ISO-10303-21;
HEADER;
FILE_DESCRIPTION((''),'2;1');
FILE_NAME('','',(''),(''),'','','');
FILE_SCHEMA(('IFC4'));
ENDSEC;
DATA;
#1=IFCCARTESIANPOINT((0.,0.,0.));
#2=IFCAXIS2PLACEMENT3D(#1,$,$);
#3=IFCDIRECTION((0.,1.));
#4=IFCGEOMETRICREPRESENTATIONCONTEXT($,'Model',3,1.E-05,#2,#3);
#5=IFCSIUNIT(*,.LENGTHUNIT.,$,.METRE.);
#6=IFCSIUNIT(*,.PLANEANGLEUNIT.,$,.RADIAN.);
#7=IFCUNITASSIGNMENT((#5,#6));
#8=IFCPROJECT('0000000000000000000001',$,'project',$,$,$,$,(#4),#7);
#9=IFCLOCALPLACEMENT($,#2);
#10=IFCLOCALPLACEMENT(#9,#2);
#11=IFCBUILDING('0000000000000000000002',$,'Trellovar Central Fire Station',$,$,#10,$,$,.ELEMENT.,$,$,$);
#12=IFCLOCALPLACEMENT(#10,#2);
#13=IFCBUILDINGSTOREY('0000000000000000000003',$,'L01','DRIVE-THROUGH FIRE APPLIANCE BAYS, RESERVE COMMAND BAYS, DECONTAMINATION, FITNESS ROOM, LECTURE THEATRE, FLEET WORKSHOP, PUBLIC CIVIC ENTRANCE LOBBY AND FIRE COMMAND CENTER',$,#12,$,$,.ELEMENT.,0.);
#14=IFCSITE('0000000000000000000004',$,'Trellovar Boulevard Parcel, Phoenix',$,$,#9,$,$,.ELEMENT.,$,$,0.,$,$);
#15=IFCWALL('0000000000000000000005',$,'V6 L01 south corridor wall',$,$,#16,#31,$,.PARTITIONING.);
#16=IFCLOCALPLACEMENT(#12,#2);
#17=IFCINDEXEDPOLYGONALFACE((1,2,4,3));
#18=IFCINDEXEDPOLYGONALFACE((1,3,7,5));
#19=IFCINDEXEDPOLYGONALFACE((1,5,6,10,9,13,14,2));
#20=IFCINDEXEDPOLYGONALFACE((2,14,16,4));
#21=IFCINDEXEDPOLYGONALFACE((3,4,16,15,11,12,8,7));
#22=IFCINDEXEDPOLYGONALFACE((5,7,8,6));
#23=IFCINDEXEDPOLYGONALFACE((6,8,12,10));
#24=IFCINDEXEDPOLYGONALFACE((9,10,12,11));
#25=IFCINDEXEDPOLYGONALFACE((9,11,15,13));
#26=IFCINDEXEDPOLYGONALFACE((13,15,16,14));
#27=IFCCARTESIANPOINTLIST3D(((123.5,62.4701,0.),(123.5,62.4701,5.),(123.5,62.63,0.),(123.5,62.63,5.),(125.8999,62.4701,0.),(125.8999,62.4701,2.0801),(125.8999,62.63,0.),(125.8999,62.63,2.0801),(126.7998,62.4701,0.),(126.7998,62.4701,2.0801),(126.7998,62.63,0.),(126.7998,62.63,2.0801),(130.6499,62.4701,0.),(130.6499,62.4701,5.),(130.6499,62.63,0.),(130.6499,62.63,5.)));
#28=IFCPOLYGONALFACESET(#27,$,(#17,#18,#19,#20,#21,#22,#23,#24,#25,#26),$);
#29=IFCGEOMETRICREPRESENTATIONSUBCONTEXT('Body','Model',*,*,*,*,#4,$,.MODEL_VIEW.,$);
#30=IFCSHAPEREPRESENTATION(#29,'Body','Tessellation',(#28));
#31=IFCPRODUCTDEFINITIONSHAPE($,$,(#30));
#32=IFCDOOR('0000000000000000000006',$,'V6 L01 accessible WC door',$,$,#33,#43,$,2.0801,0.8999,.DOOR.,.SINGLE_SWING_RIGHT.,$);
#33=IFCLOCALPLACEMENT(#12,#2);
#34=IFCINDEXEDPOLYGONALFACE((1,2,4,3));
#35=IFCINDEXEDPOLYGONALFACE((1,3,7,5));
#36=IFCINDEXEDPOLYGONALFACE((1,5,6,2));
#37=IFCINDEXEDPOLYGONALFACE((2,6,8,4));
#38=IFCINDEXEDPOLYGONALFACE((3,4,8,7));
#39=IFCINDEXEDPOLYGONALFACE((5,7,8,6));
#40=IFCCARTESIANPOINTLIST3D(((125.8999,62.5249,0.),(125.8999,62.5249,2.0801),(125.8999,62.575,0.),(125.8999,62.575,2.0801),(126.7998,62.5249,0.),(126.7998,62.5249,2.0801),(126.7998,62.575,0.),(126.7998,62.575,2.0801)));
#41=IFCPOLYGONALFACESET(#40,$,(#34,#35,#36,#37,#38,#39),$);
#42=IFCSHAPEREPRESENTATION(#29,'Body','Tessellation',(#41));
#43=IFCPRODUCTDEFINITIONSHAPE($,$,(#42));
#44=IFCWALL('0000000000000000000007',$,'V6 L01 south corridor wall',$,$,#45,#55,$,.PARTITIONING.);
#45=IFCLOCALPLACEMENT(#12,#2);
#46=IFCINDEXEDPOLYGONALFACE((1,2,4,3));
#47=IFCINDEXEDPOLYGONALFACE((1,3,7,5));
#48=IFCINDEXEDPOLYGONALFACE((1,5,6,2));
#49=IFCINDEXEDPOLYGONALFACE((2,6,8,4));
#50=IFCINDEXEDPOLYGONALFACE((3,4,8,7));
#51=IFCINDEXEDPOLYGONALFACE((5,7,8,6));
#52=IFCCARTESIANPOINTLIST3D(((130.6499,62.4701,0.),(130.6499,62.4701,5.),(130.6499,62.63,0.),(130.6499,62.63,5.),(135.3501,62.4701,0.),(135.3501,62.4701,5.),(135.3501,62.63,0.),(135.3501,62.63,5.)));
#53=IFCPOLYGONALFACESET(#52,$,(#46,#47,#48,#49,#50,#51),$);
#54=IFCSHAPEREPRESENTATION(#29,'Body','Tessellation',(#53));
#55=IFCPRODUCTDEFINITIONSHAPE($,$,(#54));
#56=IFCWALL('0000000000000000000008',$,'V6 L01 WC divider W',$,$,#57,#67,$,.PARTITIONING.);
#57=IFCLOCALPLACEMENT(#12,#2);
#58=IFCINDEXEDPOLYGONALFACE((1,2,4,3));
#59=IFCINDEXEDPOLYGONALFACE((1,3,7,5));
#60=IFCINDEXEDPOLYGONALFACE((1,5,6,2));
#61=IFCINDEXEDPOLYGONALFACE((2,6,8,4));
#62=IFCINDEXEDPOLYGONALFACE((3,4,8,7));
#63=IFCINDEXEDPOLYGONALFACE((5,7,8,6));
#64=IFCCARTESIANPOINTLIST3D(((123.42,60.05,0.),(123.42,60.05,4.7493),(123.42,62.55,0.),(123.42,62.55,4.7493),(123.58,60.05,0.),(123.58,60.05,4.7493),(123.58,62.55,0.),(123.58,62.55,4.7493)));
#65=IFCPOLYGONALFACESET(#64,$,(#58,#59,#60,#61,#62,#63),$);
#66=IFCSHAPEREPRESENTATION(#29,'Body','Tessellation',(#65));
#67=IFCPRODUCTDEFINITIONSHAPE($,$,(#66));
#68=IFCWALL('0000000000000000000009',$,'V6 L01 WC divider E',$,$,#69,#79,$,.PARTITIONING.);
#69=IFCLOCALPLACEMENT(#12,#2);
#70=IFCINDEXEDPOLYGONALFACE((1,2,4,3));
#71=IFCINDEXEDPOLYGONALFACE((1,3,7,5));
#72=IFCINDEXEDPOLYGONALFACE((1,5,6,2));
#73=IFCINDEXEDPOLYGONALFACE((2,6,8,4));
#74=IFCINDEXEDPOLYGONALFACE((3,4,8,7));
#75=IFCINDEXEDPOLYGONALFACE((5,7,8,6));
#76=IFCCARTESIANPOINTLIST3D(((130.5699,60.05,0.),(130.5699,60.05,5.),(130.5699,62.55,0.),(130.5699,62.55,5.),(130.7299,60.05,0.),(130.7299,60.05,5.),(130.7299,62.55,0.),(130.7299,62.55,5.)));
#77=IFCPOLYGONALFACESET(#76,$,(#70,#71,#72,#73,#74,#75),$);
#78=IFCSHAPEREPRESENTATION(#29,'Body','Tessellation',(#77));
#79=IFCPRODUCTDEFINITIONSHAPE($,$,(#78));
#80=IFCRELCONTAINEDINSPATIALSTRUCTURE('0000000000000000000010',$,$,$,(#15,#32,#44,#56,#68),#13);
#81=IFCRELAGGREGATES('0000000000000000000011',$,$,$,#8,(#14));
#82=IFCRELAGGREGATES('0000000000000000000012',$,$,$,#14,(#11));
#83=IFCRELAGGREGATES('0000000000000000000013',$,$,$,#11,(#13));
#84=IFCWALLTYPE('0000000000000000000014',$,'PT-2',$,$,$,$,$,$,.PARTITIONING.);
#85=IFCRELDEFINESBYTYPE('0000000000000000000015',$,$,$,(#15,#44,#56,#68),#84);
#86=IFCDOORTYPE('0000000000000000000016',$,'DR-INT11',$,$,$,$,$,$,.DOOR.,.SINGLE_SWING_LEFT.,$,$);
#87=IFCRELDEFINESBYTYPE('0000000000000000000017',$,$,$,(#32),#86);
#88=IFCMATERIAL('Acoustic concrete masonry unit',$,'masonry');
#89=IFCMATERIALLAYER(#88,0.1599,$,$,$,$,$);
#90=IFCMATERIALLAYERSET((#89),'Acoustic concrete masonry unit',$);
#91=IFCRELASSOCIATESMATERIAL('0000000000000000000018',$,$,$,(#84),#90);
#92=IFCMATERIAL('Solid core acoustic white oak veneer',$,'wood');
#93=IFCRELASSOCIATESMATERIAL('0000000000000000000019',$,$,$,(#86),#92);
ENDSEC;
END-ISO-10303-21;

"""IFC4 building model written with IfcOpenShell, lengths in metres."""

from ifc_helpers import new_model, si_unit, direction, frame, frame_2d, origin, place, context, subcontext, project, spatial, rectangle, extrude, material, layer, layer_set, type_object, element, fill, save


model = new_model("IFC4")

# Units and contexts
model_context = context("Model", 3, precision=1e-05, world=origin(), true_north=direction((0.0, 1.0)))
body_context = subcontext(model_context, "Body", "Model", "MODEL_VIEW")
ifc_project = project(units=[si_unit("LENGTHUNIT", "METRE"), si_unit("PLANEANGLEUNIT", "RADIAN")], contexts=[model_context])

# Site, building, storey
site_placement = place(None, origin())
site = spatial("IfcSite", under=ifc_project, at=site_placement, Name="Trellovar Boulevard Parcel, Phoenix", CompositionType="ELEMENT", RefElevation=0.0)
building_placement = place(site_placement, origin())
building = spatial("IfcBuilding", under=site, at=building_placement, Name="Trellovar Central Fire Station", CompositionType="ELEMENT")
storey_placement = place(building_placement, origin())
storey = spatial("IfcBuildingStorey", under=building, at=storey_placement, Name="L01", Description="DRIVE-THROUGH FIRE APPLIANCE BAYS, RESERVE COMMAND BAYS, DECONTAMINATION, FITNESS ROOM, LECTURE THEATRE, FLEET WORKSHOP, PUBLIC CIVIC ENTRANCE LOBBY AND FIRE COMMAND CENTER", CompositionType="ELEMENT", Elevation=0.0)

# Wall, opening, door
ifc_material_1 = material(Name="Acoustic concrete masonry unit", Category="masonry")
ifc_layer = layer(ifc_material_1, 0.1599)
ifc_layer_set = layer_set([ifc_layer], Name="Acoustic concrete masonry unit")
wall_type = type_object("IfcWallType", Name="PT-2", PredefinedType="PARTITIONING", material=ifc_layer_set)
wall_1_placement = place(storey_placement, frame((123.5, 62.55, 0.0), z_axis=(0.0, 0.0, 1.0), x_axis=(1.0, 0.0, 0.0)))
wall_1 = element("IfcWall", 1, at=wall_1_placement, inside=storey, type_object=wall_type, Name="V6 L01 south corridor wall", PredefinedType="PARTITIONING", context=body_context, shape_type="SweptSolid", body=[
    extrude(rectangle(XDim=7.1499, YDim=0.1599, at=frame_2d((3.575, 0.0))), origin(), (0.0, 0.0, 1.0), 5.0),
])
opening_placement = place(wall_1_placement, frame((2.3999, 0.0, 0.0)))
opening = element("IfcOpeningElement", 2, at=opening_placement, cuts=wall_1, PredefinedType="OPENING", context=body_context, shape_type="SweptSolid", body=[
    extrude(rectangle(XDim=0.8999, YDim=2.0801, at=frame_2d((0.45, 1.04))), frame((0.0, 0.0898, 0.0), z_axis=(0.0, -1.0, 0.0), x_axis=(1.0, 0.0, 0.0)), (0.0, 0.0, 1.0), 0.1799),
])
ifc_material_2 = material(Name="Solid core acoustic white oak veneer", Category="wood")
door_type = type_object("IfcDoorType", Name="DR-INT11", OperationType="SINGLE_SWING_LEFT", PredefinedType="DOOR", material=ifc_material_2)
door_placement = place(opening_placement, origin())
door = element("IfcDoor", 3, at=door_placement, inside=storey, type_object=door_type, Name="V6 L01 accessible WC door", OperationType="SINGLE_SWING_RIGHT", OverallHeight=2.0801, OverallWidth=0.8999, PredefinedType="DOOR", context=body_context, shape_type="SweptSolid", body=[
    extrude(rectangle(XDim=0.8999, YDim=2.0801, at=frame_2d((0.45, 1.04))), frame((0.0, 0.0249, 0.0), z_axis=(0.0, -1.0, 0.0), x_axis=(1.0, 0.0, 0.0)), (0.0, 0.0, 1.0), 0.05),
])
fill(opening, door)

# Walls
wall_2_placement = place(storey_placement, frame((130.6499, 62.55, 0.0), z_axis=(0.0, 0.0, 1.0), x_axis=(1.0, 0.0, 0.0)))
element("IfcWall", 4, at=wall_2_placement, inside=storey, type_object=wall_type, Name="V6 L01 south corridor wall", PredefinedType="PARTITIONING", context=body_context, shape_type="SweptSolid", body=[
    extrude(rectangle(XDim=4.7002, YDim=0.1599, at=frame_2d((2.3501, 0.0))), origin(), (0.0, 0.0, 1.0), 5.0),
])
wall_3_placement = place(storey_placement, frame((123.5, 60.05, 0.0), z_axis=(0.0, 0.0, 1.0), x_axis=(0.0, 1.0, 0.0)))
element("IfcWall", 5, at=wall_3_placement, inside=storey, type_object=wall_type, Name="V6 L01 WC divider W", PredefinedType="PARTITIONING", context=body_context, shape_type="SweptSolid", body=[
    extrude(rectangle(XDim=2.5, YDim=0.1599, at=frame_2d((1.25, 0.0))), origin(), (0.0, 0.0, 1.0), 4.7493),
])
wall_4_placement = place(storey_placement, frame((130.6499, 60.05, 0.0), z_axis=(0.0, 0.0, 1.0), x_axis=(0.0, 1.0, 0.0)))
element("IfcWall", 6, at=wall_4_placement, inside=storey, type_object=wall_type, Name="V6 L01 WC divider E", PredefinedType="PARTITIONING", context=body_context, shape_type="SweptSolid", body=[
    extrude(rectangle(XDim=2.5, YDim=0.1599, at=frame_2d((1.25, 0.0))), origin(), (0.0, 0.0, 1.0), 5.0),
])

save(model, "model.ifc")
